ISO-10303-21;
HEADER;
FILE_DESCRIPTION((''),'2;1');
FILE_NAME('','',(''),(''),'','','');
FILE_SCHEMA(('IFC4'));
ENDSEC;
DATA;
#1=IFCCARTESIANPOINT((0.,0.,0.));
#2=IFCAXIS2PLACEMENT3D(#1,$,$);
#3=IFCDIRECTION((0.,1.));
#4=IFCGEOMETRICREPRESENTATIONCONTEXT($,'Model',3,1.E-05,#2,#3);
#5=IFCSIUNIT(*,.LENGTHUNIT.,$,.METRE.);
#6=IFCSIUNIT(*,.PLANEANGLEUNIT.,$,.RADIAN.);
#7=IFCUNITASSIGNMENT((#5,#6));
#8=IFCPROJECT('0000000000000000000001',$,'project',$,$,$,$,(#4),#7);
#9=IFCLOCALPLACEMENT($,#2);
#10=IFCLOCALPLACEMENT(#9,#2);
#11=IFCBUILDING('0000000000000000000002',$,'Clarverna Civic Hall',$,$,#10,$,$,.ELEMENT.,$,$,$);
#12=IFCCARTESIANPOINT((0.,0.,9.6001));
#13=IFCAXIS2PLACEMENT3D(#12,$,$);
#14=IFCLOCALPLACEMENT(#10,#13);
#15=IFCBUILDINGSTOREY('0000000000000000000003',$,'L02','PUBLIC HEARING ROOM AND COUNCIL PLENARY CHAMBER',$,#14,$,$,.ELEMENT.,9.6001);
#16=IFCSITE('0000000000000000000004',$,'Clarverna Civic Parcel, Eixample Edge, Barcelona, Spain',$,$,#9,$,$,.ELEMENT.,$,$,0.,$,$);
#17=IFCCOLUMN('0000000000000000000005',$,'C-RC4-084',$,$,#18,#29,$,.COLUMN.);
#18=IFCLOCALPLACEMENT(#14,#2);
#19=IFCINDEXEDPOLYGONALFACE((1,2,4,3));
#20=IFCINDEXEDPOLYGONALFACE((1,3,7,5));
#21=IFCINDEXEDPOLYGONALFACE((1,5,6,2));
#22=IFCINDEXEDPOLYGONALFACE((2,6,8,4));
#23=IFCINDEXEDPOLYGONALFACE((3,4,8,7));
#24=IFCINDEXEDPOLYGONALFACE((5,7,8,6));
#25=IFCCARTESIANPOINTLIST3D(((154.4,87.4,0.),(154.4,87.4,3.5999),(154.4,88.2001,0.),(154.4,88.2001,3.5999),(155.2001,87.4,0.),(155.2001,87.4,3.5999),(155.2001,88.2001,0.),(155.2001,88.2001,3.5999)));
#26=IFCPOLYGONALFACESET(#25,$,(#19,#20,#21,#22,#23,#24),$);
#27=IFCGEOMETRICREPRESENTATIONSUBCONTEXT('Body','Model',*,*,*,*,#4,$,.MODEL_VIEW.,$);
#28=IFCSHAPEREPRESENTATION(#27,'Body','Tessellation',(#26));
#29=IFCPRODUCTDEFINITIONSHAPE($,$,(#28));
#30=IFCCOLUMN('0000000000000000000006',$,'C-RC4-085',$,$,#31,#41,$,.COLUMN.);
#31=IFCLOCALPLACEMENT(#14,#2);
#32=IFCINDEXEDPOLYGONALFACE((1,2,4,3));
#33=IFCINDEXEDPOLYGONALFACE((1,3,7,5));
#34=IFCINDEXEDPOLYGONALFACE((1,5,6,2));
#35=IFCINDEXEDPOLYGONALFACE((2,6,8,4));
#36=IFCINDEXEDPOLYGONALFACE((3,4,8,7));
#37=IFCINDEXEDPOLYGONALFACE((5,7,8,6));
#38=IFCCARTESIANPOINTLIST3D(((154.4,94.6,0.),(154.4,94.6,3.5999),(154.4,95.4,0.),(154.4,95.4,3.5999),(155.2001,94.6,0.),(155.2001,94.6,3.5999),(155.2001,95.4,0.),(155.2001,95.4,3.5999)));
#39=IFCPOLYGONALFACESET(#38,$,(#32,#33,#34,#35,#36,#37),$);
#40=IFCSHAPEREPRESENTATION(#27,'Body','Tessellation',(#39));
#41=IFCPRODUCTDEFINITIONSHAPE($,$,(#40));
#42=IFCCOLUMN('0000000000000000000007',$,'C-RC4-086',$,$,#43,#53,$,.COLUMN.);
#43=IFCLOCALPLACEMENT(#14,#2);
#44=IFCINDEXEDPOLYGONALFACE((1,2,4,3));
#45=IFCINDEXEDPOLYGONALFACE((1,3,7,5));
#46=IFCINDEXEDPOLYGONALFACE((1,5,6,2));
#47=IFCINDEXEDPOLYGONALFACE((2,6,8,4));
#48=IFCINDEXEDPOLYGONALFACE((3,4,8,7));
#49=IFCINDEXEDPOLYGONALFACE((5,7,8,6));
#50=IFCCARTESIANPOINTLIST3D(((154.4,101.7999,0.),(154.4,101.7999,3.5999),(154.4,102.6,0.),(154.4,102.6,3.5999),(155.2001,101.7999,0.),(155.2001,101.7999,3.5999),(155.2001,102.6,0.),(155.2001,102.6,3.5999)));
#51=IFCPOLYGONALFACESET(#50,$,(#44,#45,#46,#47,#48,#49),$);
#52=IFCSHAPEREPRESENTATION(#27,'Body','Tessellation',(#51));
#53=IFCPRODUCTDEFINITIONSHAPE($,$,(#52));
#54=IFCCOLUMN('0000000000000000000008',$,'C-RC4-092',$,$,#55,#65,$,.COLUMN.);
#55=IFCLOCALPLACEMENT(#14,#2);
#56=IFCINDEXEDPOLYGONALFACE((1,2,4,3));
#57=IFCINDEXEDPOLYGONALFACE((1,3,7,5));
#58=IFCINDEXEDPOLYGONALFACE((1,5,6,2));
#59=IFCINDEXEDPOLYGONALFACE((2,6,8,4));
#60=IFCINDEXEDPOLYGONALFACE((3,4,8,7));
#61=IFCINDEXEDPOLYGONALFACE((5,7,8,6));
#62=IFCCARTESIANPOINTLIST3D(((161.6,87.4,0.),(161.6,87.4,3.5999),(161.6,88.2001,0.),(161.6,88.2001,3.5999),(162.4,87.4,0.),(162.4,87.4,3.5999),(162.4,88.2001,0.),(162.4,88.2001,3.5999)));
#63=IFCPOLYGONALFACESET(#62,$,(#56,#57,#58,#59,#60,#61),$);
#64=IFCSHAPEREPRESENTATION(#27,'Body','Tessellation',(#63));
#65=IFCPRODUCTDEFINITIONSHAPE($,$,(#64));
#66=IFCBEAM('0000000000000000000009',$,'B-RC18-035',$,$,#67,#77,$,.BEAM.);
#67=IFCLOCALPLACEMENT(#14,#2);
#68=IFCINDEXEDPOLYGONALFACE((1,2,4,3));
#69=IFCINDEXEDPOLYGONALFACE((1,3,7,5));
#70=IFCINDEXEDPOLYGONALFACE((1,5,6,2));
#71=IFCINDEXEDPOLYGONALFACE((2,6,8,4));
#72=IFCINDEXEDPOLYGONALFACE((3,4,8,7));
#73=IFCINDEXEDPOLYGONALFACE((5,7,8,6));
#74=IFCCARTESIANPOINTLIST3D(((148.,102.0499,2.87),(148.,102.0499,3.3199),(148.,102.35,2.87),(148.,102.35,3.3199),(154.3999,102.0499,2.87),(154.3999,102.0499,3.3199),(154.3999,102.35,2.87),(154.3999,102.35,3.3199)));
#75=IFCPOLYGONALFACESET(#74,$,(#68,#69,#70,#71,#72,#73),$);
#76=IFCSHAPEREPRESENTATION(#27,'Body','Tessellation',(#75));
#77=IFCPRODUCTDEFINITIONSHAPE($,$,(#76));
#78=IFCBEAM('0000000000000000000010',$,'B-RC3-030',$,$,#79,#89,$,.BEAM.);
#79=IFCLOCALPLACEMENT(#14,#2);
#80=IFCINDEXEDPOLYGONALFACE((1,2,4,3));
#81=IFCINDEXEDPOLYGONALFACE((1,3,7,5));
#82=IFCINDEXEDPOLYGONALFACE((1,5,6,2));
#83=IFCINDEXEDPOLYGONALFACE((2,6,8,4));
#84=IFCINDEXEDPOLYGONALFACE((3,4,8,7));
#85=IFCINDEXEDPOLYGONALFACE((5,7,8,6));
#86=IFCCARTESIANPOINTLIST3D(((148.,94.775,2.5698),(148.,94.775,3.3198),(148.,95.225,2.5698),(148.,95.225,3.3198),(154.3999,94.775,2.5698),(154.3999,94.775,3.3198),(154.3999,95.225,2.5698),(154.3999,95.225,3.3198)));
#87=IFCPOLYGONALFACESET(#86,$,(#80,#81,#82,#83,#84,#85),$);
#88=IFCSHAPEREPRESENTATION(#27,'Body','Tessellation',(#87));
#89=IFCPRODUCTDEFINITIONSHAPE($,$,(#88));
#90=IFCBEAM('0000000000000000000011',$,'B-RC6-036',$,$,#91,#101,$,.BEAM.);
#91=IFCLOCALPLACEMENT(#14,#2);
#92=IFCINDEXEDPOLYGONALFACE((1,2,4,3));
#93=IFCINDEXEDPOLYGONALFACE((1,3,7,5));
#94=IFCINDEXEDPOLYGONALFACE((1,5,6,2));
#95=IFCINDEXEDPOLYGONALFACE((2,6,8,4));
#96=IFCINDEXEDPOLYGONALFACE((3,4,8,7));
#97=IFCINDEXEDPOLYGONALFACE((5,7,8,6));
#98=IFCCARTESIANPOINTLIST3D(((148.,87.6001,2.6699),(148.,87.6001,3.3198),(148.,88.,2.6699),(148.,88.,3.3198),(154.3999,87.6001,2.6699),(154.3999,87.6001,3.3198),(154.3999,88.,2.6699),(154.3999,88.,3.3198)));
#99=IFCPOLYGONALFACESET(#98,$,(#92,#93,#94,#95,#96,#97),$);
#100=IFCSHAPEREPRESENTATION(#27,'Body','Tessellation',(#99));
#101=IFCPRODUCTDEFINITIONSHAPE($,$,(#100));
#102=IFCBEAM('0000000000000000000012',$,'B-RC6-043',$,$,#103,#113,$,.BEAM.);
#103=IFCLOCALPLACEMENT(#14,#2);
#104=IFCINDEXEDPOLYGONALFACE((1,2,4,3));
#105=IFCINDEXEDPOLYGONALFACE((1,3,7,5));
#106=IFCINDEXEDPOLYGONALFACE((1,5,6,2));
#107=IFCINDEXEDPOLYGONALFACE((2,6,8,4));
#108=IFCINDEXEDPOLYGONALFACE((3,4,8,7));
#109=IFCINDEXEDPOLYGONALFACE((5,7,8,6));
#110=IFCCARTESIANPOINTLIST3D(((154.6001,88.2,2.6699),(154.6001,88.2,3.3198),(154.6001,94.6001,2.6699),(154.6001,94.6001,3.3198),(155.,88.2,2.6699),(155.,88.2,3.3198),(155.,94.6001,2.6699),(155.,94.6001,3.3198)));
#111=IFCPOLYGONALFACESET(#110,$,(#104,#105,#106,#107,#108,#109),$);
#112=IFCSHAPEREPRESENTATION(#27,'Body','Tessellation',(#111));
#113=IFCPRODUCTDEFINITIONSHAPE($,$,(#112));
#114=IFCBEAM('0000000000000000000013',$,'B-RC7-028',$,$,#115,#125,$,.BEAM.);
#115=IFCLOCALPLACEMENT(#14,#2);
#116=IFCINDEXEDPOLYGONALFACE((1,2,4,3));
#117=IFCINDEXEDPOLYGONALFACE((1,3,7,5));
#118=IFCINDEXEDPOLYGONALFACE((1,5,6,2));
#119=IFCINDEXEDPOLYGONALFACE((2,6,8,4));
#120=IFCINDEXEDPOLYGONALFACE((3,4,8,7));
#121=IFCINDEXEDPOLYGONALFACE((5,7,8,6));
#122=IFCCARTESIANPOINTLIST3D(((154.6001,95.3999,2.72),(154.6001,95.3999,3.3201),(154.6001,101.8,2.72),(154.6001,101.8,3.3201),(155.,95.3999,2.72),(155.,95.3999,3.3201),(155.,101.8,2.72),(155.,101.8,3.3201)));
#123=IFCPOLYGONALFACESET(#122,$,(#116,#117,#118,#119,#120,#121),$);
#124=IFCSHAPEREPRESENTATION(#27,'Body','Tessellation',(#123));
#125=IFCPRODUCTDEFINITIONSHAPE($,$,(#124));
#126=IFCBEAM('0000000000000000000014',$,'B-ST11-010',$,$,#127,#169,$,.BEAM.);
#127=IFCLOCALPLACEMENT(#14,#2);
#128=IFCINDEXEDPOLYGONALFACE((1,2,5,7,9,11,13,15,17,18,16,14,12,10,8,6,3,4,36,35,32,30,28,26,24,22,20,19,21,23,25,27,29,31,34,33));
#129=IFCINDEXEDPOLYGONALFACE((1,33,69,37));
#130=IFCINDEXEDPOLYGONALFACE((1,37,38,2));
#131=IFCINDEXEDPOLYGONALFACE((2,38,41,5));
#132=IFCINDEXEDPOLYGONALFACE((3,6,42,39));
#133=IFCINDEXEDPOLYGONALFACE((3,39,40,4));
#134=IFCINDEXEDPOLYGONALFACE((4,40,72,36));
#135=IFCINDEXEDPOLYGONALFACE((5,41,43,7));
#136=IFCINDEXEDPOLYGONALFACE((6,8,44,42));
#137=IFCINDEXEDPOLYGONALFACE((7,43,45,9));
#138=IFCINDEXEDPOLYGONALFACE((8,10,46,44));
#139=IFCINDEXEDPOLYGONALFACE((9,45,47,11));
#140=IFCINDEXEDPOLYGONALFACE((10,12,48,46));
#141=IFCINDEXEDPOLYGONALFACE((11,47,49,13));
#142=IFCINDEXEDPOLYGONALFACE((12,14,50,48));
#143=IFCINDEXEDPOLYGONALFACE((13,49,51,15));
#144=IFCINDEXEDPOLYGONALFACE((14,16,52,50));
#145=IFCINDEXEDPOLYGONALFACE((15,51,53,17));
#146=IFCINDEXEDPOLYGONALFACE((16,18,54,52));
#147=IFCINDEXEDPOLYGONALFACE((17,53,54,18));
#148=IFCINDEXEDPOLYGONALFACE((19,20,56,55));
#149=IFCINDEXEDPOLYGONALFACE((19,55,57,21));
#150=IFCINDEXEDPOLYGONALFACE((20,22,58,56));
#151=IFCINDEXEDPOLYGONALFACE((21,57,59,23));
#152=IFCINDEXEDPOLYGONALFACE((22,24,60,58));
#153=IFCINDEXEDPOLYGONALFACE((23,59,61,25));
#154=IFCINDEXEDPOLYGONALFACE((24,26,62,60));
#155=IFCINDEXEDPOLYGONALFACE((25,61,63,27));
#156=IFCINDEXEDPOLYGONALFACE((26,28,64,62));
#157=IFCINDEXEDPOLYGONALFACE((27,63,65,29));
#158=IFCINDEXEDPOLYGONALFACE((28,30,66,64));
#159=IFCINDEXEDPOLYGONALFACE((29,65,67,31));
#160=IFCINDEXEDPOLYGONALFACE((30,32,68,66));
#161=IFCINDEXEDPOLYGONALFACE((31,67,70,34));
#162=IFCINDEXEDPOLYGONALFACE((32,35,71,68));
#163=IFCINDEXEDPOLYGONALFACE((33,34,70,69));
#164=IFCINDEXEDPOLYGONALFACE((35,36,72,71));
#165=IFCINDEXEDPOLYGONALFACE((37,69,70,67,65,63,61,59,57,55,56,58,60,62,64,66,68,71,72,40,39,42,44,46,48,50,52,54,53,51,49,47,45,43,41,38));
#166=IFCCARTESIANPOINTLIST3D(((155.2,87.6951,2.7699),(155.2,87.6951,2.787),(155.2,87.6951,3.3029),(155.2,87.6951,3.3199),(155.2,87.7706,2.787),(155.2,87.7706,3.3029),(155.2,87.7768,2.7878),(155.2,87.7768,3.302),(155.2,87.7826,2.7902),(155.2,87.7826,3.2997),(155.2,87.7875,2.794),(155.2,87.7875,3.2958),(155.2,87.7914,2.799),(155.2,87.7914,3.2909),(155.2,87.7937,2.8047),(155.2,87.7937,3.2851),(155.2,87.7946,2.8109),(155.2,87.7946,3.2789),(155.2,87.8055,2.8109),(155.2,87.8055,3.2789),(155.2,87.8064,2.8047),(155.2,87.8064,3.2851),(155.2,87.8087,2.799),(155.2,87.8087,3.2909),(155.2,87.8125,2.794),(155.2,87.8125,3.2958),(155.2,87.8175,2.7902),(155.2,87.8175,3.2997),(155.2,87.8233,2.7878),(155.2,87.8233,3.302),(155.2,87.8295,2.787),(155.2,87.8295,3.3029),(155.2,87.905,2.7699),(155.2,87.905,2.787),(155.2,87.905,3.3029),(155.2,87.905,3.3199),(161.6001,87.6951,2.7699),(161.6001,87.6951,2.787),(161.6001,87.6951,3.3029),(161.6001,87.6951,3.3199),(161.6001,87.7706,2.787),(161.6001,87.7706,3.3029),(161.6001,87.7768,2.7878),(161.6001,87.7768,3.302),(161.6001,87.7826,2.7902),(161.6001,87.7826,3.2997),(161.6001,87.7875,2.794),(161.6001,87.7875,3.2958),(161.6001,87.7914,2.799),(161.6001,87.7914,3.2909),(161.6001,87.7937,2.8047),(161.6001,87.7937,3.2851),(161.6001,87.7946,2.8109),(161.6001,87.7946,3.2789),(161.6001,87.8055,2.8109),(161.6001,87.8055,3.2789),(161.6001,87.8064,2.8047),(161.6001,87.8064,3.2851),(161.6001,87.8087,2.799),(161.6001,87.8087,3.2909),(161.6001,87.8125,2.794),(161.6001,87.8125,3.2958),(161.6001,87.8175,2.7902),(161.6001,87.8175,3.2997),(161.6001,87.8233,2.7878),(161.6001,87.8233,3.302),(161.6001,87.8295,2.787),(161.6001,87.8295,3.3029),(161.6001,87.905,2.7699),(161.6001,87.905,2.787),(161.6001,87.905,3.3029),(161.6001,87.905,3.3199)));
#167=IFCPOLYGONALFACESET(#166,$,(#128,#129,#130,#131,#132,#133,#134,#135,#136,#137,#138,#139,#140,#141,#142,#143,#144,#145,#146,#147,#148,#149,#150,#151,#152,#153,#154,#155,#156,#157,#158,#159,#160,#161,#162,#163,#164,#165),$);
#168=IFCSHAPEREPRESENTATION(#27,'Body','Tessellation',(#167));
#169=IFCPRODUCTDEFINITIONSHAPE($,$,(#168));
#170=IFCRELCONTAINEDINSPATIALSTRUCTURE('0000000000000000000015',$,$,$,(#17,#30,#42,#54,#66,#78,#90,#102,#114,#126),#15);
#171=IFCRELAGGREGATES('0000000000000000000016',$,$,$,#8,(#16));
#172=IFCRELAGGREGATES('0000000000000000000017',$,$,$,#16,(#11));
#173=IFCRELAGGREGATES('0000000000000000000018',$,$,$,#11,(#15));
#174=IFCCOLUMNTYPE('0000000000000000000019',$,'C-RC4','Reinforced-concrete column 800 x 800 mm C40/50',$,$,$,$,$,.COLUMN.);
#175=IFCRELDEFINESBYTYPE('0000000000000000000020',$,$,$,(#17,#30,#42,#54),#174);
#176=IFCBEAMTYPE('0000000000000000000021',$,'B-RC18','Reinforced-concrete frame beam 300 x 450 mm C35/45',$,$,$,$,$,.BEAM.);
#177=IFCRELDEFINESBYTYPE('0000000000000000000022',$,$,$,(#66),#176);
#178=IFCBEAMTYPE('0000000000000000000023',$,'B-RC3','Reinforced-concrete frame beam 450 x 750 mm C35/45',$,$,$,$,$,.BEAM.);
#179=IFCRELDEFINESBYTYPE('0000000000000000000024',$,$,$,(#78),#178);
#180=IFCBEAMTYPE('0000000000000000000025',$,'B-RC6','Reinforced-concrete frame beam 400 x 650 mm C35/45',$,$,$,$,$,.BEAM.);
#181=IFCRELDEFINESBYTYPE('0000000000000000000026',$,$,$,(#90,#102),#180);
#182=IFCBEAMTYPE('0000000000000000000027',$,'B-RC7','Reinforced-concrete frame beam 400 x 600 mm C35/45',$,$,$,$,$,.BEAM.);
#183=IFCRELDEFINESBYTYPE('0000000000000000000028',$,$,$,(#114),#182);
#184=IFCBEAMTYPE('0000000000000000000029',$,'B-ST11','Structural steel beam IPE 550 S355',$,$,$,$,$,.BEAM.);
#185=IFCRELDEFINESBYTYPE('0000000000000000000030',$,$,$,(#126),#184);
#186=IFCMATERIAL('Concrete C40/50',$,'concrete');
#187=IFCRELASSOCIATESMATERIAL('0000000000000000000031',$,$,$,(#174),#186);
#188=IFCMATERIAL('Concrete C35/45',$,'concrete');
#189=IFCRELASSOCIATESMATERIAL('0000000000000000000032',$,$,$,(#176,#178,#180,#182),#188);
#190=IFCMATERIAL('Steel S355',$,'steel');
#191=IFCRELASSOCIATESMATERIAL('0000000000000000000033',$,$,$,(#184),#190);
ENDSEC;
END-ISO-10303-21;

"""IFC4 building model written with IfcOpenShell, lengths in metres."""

from ifc_helpers import new_model, si_unit, direction, frame, origin, origin_2d, place, context, subcontext, project, spatial, rectangle, i_section, extrude, material, material_profile, profile_set, type_object, element, save


model = new_model("IFC4")

# Units and contexts
model_context = context("Model", 3, precision=1e-05, world=origin(), true_north=direction((0.0, 1.0)))
body_context = subcontext(model_context, "Body", "Model", "MODEL_VIEW")
ifc_project = project(units=[si_unit("LENGTHUNIT", "METRE"), si_unit("PLANEANGLEUNIT", "RADIAN")], contexts=[model_context])

# Site, building, storey
site_placement = place(None, origin())
site = spatial("IfcSite", under=ifc_project, at=site_placement, Name="Clarverna Civic Parcel, Eixample Edge, Barcelona, Spain", CompositionType="ELEMENT", RefElevation=0.0)
building_placement = place(site_placement, origin())
building = spatial("IfcBuilding", under=site, at=building_placement, Name="Clarverna Civic Hall", CompositionType="ELEMENT")
storey_placement = place(building_placement, frame((0.0, 0.0, 9.6001)))
storey = spatial("IfcBuildingStorey", under=building, at=storey_placement, Name="L02", Description="PUBLIC HEARING ROOM AND COUNCIL PLENARY CHAMBER", CompositionType="ELEMENT", Elevation=9.6001)

# Columns
ifc_material_1 = material(Name="Concrete C40/50", Category="concrete")
ifc_material_profile_1 = material_profile(ifc_material_1, rectangle(XDim=0.8, YDim=0.8, at=origin_2d()), Name="RC 800x800")
ifc_profile_set_1 = profile_set([ifc_material_profile_1], Name="Concrete C40/50")
column_type = type_object("IfcColumnType", Name="C-RC4", Description="Reinforced-concrete column 800 x 800 mm C40/50", PredefinedType="COLUMN", material=ifc_profile_set_1)
for number, where, z_axis, x_axis, name in (
    (1, (154.8, 87.8, 0.0), (0.0, 0.0, 1.0), (1.0, 0.0, 0.0), "C-RC4-084"),
    (2, (154.8, 95.0, 0.0), (0.0, 0.0, 1.0), (1.0, 0.0, 0.0), "C-RC4-085"),
    (3, (154.8, 102.2, 0.0), (0.0, 0.0, 1.0), (1.0, 0.0, 0.0), "C-RC4-086"),
    (4, (162.0, 87.8, 0.0), (0.0, 0.0, 1.0), (1.0, 0.0, 0.0), "C-RC4-092"),
):
    element("IfcColumn", number, at=place(storey_placement, frame(where, z_axis=z_axis, x_axis=x_axis)), inside=storey, type_object=column_type, Name=name, PredefinedType="COLUMN", context=body_context, shape_type="SweptSolid", body=[
        extrude(rectangle(XDim=0.8, YDim=0.8, at=origin_2d()), origin(), (0.0, 0.0, 1.0), 3.5999),
    ])

# Beams
ifc_material_2 = material(Name="Concrete C35/45", Category="concrete")
ifc_material_profile_2 = material_profile(ifc_material_2, rectangle(XDim=0.3, YDim=0.45, at=origin_2d()), Name="RC 300x450")
ifc_profile_set_2 = profile_set([ifc_material_profile_2], Name="Concrete C35/45")
beam_type_1 = type_object("IfcBeamType", Name="B-RC18", Description="Reinforced-concrete frame beam 300 x 450 mm C35/45", PredefinedType="BEAM", material=ifc_profile_set_2)
beam_1_placement = place(storey_placement, frame((148.0, 102.2, 3.095), z_axis=(1.0, 0.0, 0.0), x_axis=(0.0, 1.0, 0.0)))
element("IfcBeam", 5, at=beam_1_placement, inside=storey, type_object=beam_type_1, Name="B-RC18-035", PredefinedType="BEAM", context=body_context, shape_type="SweptSolid", body=[
    extrude(rectangle(XDim=0.3, YDim=0.45, at=origin_2d()), origin(), (0.0, 0.0, 1.0), 6.3999),
])
ifc_material_profile_3 = material_profile(ifc_material_2, rectangle(XDim=0.45, YDim=0.75, at=origin_2d()), Name="RC 450x750")
ifc_profile_set_3 = profile_set([ifc_material_profile_3], Name="Concrete C35/45")
beam_type_2 = type_object("IfcBeamType", Name="B-RC3", Description="Reinforced-concrete frame beam 450 x 750 mm C35/45", PredefinedType="BEAM", material=ifc_profile_set_3)
beam_2_placement = place(storey_placement, frame((148.0, 95.0, 2.9448), z_axis=(1.0, 0.0, 0.0), x_axis=(0.0, 1.0, 0.0)))
element("IfcBeam", 6, at=beam_2_placement, inside=storey, type_object=beam_type_2, Name="B-RC3-030", PredefinedType="BEAM", context=body_context, shape_type="SweptSolid", body=[
    extrude(rectangle(XDim=0.45, YDim=0.75, at=origin_2d()), origin(), (0.0, 0.0, 1.0), 6.3999),
])
ifc_material_profile_4 = material_profile(ifc_material_2, rectangle(XDim=0.3999, YDim=0.6499, at=origin_2d()), Name="RC 400x650")
ifc_profile_set_4 = profile_set([ifc_material_profile_4], Name="Concrete C35/45")
beam_type_3 = type_object("IfcBeamType", Name="B-RC6", Description="Reinforced-concrete frame beam 400 x 650 mm C35/45", PredefinedType="BEAM", material=ifc_profile_set_4)
beam_3_placement = place(storey_placement, frame((148.0, 87.8, 2.9949), z_axis=(1.0, 0.0, 0.0), x_axis=(0.0, 1.0, 0.0)))
element("IfcBeam", 7, at=beam_3_placement, inside=storey, type_object=beam_type_3, Name="B-RC6-036", PredefinedType="BEAM", context=body_context, shape_type="SweptSolid", body=[
    extrude(rectangle(XDim=0.3999, YDim=0.6499, at=origin_2d()), origin(), (0.0, 0.0, 1.0), 6.3999),
])
beam_4_placement = place(storey_placement, frame((154.8, 88.2, 2.9949), z_axis=(0.0, 1.0, 0.0), x_axis=(-1.0, 0.0, 0.0)))
element("IfcBeam", 8, at=beam_4_placement, inside=storey, type_object=beam_type_3, Name="B-RC6-043", PredefinedType="BEAM", context=body_context, shape_type="SweptSolid", body=[
    extrude(rectangle(XDim=0.3999, YDim=0.6499, at=origin_2d()), origin(), (0.0, 0.0, 1.0), 6.4001),
])
ifc_material_profile_5 = material_profile(ifc_material_2, rectangle(XDim=0.3999, YDim=0.6001, at=origin_2d()), Name="RC 400x600")
ifc_profile_set_5 = profile_set([ifc_material_profile_5], Name="Concrete C35/45")
beam_type_4 = type_object("IfcBeamType", Name="B-RC7", Description="Reinforced-concrete frame beam 400 x 600 mm C35/45", PredefinedType="BEAM", material=ifc_profile_set_5)
beam_5_placement = place(storey_placement, frame((154.8, 95.3999, 3.02), z_axis=(0.0, 1.0, 0.0), x_axis=(-1.0, 0.0, 0.0)))
element("IfcBeam", 9, at=beam_5_placement, inside=storey, type_object=beam_type_4, Name="B-RC7-028", PredefinedType="BEAM", context=body_context, shape_type="SweptSolid", body=[
    extrude(rectangle(XDim=0.3999, YDim=0.6001, at=origin_2d()), origin(), (0.0, 0.0, 1.0), 6.4001),
])
ifc_material_3 = material(Name="Steel S355", Category="steel")
ifc_material_profile_6 = material_profile(ifc_material_3, i_section(OverallWidth=0.21, OverallDepth=0.55, WebThickness=0.011, FlangeThickness=0.0171, FilletRadius=0.0239, at=origin_2d()), Name="IPE 550")
ifc_profile_set_6 = profile_set([ifc_material_profile_6], Name="Steel S355")
beam_type_5 = type_object("IfcBeamType", Name="B-ST11", Description="Structural steel beam IPE 550 S355", PredefinedType="BEAM", material=ifc_profile_set_6)
beam_6_placement = place(storey_placement, frame((155.2, 87.8, 3.0449), z_axis=(1.0, 0.0, 0.0), x_axis=(0.0, 1.0, 0.0)))
element("IfcBeam", 10, at=beam_6_placement, inside=storey, type_object=beam_type_5, Name="B-ST11-010", PredefinedType="BEAM", context=body_context, shape_type="SweptSolid", body=[
    extrude(i_section(OverallWidth=0.21, OverallDepth=0.55, WebThickness=0.011, FlangeThickness=0.0171, FilletRadius=0.0239, at=origin_2d()), origin(), (0.0, 0.0, 1.0), 6.4001),
])

save(model, "model.ifc")
